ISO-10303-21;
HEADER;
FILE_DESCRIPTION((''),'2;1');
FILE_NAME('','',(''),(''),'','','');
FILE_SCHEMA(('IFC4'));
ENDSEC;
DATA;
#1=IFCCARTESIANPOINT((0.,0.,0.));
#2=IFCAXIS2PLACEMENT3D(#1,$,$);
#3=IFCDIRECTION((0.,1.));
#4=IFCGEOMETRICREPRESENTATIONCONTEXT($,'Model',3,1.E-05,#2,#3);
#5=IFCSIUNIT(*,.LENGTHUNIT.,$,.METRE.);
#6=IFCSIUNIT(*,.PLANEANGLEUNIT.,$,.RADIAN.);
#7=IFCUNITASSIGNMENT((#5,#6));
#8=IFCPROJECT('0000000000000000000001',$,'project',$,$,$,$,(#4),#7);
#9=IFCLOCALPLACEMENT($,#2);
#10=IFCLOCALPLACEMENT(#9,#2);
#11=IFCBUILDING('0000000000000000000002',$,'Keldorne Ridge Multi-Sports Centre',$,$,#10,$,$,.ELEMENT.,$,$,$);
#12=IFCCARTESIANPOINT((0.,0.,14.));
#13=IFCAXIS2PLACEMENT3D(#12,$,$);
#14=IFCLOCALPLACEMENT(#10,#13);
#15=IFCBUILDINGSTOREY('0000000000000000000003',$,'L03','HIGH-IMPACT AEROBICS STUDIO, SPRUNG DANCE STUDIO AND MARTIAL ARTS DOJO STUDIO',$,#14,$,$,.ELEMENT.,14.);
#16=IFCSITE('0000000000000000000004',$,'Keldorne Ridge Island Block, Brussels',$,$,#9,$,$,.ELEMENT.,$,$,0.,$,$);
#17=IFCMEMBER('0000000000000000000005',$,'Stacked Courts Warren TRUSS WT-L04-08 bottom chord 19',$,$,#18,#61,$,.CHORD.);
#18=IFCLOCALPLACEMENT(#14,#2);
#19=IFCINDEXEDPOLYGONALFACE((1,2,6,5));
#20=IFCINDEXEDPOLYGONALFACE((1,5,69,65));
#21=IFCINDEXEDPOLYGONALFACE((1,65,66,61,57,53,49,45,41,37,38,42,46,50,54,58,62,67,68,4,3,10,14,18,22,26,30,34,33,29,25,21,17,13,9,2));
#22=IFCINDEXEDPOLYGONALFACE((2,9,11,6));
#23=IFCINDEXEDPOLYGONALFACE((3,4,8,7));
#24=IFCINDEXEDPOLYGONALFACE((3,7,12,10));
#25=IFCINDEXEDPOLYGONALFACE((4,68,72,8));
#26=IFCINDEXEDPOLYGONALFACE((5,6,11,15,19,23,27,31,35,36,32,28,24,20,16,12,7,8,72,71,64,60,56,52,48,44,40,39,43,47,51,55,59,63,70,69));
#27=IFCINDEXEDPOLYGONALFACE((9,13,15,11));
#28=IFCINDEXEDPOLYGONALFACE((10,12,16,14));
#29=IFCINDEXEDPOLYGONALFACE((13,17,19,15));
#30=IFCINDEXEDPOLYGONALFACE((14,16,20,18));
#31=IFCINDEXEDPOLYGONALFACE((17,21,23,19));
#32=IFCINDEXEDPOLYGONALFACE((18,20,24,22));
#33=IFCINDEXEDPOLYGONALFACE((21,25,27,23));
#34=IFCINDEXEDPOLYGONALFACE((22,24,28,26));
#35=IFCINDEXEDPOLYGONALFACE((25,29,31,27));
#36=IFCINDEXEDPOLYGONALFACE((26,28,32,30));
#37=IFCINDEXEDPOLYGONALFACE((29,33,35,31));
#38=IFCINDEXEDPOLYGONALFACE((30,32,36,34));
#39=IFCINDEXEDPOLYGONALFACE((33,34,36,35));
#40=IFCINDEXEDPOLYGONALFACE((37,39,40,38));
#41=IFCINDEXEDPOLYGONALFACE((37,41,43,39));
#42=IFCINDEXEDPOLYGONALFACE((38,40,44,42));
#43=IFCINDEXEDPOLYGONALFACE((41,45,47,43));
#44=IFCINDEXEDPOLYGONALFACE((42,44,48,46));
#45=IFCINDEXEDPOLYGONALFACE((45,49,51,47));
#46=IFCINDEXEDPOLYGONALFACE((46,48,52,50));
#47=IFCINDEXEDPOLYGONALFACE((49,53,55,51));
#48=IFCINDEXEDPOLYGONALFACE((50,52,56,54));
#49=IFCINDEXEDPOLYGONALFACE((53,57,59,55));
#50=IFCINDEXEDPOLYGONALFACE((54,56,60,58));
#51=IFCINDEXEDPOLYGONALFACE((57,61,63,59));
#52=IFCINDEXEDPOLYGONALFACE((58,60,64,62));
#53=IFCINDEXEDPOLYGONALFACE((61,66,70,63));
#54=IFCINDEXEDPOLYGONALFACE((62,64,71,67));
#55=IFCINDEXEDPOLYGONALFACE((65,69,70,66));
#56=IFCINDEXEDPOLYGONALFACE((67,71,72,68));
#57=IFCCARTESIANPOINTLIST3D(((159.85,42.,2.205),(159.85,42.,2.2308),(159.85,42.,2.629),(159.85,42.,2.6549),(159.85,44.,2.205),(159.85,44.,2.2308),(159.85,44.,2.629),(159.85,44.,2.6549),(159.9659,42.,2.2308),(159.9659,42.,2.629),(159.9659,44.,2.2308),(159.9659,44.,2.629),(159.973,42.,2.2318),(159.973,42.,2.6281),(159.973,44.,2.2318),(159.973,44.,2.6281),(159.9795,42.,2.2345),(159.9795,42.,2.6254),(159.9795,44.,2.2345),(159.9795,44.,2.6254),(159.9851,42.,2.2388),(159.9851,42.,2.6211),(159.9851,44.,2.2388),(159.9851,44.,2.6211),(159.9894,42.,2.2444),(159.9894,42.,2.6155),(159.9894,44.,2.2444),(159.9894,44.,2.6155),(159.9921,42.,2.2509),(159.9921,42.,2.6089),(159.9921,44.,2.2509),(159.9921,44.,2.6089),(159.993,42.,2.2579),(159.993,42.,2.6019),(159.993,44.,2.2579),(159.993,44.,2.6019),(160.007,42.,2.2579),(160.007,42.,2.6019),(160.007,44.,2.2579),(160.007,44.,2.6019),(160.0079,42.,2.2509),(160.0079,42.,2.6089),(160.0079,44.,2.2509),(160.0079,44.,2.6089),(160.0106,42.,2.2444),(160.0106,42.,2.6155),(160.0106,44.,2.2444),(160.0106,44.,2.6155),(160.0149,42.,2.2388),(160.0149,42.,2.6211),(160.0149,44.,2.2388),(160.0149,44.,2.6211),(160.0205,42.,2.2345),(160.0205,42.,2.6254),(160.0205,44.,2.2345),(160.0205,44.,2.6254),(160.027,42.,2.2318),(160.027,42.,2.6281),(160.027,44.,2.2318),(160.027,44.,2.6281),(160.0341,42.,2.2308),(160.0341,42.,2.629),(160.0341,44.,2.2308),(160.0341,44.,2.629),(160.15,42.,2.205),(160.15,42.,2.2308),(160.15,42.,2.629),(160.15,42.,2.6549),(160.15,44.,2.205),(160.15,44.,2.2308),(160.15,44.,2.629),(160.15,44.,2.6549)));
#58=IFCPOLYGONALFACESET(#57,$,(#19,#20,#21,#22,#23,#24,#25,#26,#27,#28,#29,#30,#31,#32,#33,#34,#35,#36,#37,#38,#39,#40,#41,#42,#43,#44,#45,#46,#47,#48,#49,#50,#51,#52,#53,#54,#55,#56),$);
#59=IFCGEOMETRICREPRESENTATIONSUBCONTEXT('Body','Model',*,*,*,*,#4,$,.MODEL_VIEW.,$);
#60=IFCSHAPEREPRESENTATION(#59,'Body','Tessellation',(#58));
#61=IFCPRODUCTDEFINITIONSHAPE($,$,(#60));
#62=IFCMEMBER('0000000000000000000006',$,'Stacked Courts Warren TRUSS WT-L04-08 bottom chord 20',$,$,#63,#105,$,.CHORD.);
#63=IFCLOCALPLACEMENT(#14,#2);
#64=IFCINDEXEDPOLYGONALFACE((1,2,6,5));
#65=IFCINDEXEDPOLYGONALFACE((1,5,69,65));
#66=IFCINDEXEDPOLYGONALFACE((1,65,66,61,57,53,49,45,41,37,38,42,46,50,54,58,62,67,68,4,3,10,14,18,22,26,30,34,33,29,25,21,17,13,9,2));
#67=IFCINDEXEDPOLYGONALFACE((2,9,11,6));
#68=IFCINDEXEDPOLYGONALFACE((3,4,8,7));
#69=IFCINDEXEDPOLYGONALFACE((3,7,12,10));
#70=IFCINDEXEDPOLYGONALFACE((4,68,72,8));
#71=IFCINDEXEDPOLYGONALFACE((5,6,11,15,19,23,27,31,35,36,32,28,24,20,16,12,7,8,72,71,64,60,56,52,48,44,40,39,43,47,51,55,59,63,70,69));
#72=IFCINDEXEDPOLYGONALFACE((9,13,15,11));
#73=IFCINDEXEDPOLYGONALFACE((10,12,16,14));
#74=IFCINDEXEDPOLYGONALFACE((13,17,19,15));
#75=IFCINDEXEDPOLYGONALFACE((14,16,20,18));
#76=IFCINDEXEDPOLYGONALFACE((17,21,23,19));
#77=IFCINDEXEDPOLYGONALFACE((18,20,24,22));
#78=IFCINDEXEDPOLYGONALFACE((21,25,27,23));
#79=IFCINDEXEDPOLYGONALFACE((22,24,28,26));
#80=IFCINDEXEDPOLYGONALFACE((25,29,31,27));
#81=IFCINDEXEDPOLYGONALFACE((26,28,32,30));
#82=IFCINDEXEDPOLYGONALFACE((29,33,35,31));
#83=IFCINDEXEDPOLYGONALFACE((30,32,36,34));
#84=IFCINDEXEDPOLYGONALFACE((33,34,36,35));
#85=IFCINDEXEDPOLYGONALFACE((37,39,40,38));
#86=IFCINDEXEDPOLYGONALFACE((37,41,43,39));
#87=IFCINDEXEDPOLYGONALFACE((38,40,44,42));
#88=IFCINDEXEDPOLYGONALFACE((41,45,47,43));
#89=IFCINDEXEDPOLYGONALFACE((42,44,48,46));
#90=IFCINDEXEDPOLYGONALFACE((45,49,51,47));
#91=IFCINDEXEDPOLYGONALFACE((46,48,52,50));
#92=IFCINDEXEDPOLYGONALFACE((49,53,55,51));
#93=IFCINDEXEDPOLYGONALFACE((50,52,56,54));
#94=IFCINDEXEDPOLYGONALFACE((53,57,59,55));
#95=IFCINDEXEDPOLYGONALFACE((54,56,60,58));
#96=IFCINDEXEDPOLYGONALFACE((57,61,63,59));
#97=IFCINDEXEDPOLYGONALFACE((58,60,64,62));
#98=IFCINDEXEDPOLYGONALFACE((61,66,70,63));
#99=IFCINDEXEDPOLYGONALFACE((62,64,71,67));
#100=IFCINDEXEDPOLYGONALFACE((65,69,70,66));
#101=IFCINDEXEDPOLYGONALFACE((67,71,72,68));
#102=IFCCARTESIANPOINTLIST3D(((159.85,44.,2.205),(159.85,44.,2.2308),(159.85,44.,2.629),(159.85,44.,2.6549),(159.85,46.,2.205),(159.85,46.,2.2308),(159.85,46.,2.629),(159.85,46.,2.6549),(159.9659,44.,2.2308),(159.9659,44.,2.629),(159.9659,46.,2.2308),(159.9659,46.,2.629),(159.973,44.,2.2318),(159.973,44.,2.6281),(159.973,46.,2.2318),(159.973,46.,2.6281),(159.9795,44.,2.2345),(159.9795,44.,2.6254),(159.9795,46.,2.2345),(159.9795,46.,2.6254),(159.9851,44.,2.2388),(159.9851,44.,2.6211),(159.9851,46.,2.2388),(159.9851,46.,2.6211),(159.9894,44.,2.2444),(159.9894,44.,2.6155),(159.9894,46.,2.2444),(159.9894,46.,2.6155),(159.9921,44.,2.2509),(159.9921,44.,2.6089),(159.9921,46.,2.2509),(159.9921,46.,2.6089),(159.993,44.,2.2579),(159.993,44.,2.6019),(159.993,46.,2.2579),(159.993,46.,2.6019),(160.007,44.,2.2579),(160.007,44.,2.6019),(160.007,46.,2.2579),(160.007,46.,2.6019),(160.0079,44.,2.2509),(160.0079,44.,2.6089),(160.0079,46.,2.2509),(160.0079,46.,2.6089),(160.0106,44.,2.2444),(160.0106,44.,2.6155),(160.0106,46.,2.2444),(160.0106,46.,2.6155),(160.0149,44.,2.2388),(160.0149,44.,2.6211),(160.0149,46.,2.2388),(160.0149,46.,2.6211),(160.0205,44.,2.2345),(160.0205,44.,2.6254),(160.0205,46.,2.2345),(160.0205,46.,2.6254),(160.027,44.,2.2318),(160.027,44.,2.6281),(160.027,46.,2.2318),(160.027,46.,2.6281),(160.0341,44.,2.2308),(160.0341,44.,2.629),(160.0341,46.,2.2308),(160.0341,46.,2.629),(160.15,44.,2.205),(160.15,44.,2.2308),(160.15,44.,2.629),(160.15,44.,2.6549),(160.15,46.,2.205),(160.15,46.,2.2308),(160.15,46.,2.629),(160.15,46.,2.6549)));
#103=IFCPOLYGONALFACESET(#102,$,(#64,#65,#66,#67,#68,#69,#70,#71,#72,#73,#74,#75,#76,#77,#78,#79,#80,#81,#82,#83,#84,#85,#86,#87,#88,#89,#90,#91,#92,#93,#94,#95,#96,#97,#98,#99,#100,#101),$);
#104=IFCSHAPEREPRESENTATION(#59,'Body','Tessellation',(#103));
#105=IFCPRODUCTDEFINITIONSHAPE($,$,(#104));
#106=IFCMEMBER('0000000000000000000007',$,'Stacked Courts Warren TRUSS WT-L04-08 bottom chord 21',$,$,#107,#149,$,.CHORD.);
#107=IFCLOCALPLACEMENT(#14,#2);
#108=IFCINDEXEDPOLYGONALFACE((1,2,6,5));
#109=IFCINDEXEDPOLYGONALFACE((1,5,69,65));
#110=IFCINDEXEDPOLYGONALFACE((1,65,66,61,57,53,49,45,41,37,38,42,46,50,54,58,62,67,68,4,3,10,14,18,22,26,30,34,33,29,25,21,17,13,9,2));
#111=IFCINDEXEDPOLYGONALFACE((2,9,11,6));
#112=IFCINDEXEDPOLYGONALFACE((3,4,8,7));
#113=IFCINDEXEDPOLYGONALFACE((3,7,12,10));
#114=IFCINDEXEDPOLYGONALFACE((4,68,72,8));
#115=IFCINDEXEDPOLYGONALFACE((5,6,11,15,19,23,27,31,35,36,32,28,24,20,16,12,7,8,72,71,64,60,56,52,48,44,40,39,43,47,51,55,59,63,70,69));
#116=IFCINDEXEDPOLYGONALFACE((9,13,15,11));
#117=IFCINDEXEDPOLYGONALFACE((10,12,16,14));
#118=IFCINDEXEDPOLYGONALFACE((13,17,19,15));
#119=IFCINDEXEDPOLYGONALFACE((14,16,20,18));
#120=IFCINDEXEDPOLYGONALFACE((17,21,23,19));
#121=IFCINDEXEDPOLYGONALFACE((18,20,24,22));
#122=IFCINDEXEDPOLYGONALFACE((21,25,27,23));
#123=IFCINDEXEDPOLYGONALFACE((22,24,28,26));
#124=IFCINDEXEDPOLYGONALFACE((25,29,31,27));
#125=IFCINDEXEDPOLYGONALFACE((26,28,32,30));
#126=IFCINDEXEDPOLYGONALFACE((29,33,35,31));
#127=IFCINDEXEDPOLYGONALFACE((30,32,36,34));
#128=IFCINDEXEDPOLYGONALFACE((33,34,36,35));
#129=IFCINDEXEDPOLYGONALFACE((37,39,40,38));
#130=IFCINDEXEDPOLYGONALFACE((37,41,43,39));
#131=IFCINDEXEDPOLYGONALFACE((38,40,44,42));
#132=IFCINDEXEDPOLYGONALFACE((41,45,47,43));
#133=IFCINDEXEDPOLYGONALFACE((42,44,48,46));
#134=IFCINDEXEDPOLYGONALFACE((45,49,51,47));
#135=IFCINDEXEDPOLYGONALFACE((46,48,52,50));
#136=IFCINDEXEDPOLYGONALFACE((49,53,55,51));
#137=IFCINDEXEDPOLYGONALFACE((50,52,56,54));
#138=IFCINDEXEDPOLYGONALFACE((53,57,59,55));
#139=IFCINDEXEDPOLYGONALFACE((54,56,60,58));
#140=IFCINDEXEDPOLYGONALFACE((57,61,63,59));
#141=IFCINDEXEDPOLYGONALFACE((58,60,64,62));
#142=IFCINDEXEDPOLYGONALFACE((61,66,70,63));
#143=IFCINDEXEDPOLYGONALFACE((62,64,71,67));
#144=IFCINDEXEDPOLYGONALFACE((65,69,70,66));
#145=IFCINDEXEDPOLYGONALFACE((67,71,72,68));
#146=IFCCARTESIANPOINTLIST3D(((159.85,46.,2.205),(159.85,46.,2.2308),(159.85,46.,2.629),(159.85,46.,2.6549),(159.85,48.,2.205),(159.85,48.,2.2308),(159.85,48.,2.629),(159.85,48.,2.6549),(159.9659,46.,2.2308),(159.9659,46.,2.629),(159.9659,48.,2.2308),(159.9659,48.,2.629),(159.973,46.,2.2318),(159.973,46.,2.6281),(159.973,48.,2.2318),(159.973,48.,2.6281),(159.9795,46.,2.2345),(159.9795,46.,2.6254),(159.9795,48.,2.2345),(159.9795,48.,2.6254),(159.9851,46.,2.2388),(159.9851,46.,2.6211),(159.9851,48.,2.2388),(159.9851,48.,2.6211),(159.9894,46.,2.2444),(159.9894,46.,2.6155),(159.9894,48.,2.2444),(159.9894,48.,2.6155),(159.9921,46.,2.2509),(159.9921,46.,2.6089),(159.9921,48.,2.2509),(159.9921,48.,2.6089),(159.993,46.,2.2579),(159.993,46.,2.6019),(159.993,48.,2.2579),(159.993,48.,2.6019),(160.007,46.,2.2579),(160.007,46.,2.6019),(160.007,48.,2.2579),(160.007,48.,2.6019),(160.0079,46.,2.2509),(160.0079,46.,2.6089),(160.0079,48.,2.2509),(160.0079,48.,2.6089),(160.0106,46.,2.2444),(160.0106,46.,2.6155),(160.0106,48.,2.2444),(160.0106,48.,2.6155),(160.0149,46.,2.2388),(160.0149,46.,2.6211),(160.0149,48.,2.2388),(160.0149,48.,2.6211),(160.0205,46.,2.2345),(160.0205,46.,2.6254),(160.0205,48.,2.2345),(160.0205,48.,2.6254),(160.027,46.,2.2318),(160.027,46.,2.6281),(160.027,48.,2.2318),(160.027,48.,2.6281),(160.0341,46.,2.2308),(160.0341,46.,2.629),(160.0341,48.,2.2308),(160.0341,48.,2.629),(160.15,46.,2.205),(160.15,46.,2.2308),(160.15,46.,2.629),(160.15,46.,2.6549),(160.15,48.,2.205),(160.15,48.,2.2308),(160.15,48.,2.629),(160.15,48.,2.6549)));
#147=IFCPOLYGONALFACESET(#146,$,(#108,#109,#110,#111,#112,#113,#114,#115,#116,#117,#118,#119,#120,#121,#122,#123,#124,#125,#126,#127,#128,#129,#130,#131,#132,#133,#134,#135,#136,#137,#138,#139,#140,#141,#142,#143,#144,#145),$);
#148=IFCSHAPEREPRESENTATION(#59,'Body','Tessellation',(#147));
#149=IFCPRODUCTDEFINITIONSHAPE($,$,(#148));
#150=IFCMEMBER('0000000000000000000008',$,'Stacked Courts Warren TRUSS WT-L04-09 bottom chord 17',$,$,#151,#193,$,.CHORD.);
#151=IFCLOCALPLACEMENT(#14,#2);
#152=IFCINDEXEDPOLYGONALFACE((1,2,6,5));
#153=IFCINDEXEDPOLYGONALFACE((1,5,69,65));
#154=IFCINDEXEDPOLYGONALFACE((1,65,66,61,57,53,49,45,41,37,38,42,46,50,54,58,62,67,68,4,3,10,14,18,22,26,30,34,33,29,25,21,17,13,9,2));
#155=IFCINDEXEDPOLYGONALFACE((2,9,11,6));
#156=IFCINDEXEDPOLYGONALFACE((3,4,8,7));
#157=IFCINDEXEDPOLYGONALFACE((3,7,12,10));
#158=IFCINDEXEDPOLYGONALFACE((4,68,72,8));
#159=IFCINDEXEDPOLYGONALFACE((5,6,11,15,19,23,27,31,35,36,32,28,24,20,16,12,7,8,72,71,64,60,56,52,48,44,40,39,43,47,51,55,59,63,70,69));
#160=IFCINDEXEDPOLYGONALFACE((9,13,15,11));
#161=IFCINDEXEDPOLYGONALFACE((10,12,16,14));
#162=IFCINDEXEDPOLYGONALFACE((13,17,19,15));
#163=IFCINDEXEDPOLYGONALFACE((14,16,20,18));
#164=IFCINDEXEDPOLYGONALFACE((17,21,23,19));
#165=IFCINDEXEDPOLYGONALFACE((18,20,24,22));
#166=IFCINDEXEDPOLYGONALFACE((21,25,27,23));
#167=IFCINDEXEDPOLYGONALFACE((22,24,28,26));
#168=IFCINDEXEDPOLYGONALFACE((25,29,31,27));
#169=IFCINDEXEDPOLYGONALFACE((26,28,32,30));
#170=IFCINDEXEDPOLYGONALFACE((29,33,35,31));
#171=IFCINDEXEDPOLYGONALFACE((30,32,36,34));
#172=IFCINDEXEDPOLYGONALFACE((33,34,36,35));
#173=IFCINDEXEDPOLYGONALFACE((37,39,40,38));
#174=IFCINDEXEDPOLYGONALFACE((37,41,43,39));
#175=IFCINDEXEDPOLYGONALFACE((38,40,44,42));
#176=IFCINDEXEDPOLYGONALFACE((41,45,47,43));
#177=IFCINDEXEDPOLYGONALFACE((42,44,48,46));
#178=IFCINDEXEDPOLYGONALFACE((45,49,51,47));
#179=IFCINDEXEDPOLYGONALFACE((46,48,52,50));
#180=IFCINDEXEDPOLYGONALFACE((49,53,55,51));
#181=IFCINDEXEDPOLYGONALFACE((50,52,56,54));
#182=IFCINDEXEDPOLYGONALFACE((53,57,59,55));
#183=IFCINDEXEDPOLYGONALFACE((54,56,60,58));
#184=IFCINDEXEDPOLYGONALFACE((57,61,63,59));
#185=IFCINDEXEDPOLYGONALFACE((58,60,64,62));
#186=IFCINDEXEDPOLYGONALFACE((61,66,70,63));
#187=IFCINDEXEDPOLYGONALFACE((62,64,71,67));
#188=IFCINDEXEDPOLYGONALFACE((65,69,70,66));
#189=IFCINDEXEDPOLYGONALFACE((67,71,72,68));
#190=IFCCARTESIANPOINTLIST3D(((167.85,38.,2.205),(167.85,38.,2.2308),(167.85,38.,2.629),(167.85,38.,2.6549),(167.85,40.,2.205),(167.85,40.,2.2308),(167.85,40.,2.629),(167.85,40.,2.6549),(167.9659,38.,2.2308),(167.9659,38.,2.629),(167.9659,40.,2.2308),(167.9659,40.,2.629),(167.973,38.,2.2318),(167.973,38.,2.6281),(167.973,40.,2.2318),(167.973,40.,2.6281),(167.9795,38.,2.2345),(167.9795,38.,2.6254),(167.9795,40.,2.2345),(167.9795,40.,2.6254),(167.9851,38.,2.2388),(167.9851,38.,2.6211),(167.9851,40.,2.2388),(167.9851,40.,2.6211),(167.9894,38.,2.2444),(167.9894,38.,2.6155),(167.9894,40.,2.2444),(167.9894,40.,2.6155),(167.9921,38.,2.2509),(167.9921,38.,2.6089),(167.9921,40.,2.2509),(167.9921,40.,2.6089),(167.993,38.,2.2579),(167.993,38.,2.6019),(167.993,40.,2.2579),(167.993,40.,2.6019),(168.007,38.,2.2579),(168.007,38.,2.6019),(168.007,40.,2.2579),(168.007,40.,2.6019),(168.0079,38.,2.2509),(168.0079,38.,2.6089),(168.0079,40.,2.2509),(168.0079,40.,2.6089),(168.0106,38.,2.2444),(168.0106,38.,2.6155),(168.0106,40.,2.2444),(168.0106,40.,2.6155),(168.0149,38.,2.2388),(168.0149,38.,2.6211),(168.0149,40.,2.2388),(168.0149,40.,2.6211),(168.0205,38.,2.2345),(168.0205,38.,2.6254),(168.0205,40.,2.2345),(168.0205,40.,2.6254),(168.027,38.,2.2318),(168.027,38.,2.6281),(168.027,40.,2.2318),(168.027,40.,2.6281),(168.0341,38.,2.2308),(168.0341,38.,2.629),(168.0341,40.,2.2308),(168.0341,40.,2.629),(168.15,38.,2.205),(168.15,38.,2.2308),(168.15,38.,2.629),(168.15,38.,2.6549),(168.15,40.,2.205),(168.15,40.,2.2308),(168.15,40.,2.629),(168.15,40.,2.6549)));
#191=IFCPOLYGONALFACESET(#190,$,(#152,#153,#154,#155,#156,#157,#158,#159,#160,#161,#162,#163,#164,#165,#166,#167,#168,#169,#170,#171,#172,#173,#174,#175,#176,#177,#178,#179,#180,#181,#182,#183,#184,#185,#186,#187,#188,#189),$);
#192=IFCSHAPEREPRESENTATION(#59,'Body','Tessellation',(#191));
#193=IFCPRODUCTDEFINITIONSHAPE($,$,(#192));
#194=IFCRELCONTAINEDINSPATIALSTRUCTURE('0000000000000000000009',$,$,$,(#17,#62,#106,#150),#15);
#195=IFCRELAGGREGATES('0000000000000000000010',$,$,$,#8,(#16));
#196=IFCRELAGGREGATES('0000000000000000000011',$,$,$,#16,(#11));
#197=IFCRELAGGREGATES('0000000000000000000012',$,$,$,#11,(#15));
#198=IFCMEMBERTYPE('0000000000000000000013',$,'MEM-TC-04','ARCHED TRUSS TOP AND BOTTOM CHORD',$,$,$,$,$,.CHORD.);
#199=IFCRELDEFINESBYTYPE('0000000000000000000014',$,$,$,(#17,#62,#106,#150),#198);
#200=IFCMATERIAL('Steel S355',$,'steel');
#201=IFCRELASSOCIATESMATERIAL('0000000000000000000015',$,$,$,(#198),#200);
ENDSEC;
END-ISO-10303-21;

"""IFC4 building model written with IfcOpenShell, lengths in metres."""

from ifc_helpers import new_model, si_unit, direction, frame, origin, origin_2d, place, context, subcontext, project, spatial, i_section, extrude, material, material_profile, profile_set, type_object, element, save


model = new_model("IFC4")

# Units and contexts
model_context = context("Model", 3, precision=1e-05, world=origin(), true_north=direction((0.0, 1.0)))
body_context = subcontext(model_context, "Body", "Model", "MODEL_VIEW")
ifc_project = project(units=[si_unit("LENGTHUNIT", "METRE"), si_unit("PLANEANGLEUNIT", "RADIAN")], contexts=[model_context])

# Site, building, storey
site_placement = place(None, origin())
site = spatial("IfcSite", under=ifc_project, at=site_placement, Name="Keldorne Ridge Island Block, Brussels", CompositionType="ELEMENT", RefElevation=0.0)
building_placement = place(site_placement, origin())
building = spatial("IfcBuilding", under=site, at=building_placement, Name="Keldorne Ridge Multi-Sports Centre", CompositionType="ELEMENT")
storey_placement = place(building_placement, frame((0.0, 0.0, 14.0)))
storey = spatial("IfcBuildingStorey", under=building, at=storey_placement, Name="L03", Description="HIGH-IMPACT AEROBICS STUDIO, SPRUNG DANCE STUDIO AND MARTIAL ARTS DOJO STUDIO", CompositionType="ELEMENT", Elevation=14.0)

# Shared definitions
ifc_material_1 = material(Name="Steel S355", Category="steel")

# Members
ifc_material_profile_1 = material_profile(ifc_material_1, i_section(OverallWidth=0.3, OverallDepth=0.45, WebThickness=0.0139, FlangeThickness=0.0259, FilletRadius=0.0271, at=origin_2d()), Name="HEB 450")
ifc_profile_set_1 = profile_set([ifc_material_profile_1], Name="Steel S355")
member_type_1 = type_object("IfcMemberType", Name="MEM-TC-04", Description="ARCHED TRUSS TOP AND BOTTOM CHORD", PredefinedType="CHORD", material=ifc_profile_set_1)
for number, where, z_axis, x_axis, name in (
    (1, (160.0, 42.0, 2.4299), (0.0, 1.0, 0.0), (-1.0, 0.0, 0.0), "Stacked Courts Warren TRUSS WT-L04-08 bottom chord 19"),
    (2, (160.0, 44.0, 2.4299), (0.0, 1.0, 0.0), (-1.0, 0.0, 0.0), "Stacked Courts Warren TRUSS WT-L04-08 bottom chord 20"),
    (3, (160.0, 46.0, 2.4299), (0.0, 1.0, 0.0), (-1.0, 0.0, 0.0), "Stacked Courts Warren TRUSS WT-L04-08 bottom chord 21"),
    (4, (168.0, 38.0, 2.4299), (0.0, 1.0, 0.0), (-1.0, 0.0, 0.0), "Stacked Courts Warren TRUSS WT-L04-09 bottom chord 17"),
):
    element("IfcMember", number, at=place(storey_placement, frame(where, z_axis=z_axis, x_axis=x_axis)), inside=storey, type_object=member_type_1, Name=name, PredefinedType="CHORD", context=body_context, shape_type="SweptSolid", body=[
        extrude(i_section(OverallWidth=0.3, OverallDepth=0.45, WebThickness=0.0139, FlangeThickness=0.0259, FilletRadius=0.0271, at=origin_2d()), origin(), (0.0, 0.0, 1.0), 2.0),
    ])

save(model, "model.ifc")
